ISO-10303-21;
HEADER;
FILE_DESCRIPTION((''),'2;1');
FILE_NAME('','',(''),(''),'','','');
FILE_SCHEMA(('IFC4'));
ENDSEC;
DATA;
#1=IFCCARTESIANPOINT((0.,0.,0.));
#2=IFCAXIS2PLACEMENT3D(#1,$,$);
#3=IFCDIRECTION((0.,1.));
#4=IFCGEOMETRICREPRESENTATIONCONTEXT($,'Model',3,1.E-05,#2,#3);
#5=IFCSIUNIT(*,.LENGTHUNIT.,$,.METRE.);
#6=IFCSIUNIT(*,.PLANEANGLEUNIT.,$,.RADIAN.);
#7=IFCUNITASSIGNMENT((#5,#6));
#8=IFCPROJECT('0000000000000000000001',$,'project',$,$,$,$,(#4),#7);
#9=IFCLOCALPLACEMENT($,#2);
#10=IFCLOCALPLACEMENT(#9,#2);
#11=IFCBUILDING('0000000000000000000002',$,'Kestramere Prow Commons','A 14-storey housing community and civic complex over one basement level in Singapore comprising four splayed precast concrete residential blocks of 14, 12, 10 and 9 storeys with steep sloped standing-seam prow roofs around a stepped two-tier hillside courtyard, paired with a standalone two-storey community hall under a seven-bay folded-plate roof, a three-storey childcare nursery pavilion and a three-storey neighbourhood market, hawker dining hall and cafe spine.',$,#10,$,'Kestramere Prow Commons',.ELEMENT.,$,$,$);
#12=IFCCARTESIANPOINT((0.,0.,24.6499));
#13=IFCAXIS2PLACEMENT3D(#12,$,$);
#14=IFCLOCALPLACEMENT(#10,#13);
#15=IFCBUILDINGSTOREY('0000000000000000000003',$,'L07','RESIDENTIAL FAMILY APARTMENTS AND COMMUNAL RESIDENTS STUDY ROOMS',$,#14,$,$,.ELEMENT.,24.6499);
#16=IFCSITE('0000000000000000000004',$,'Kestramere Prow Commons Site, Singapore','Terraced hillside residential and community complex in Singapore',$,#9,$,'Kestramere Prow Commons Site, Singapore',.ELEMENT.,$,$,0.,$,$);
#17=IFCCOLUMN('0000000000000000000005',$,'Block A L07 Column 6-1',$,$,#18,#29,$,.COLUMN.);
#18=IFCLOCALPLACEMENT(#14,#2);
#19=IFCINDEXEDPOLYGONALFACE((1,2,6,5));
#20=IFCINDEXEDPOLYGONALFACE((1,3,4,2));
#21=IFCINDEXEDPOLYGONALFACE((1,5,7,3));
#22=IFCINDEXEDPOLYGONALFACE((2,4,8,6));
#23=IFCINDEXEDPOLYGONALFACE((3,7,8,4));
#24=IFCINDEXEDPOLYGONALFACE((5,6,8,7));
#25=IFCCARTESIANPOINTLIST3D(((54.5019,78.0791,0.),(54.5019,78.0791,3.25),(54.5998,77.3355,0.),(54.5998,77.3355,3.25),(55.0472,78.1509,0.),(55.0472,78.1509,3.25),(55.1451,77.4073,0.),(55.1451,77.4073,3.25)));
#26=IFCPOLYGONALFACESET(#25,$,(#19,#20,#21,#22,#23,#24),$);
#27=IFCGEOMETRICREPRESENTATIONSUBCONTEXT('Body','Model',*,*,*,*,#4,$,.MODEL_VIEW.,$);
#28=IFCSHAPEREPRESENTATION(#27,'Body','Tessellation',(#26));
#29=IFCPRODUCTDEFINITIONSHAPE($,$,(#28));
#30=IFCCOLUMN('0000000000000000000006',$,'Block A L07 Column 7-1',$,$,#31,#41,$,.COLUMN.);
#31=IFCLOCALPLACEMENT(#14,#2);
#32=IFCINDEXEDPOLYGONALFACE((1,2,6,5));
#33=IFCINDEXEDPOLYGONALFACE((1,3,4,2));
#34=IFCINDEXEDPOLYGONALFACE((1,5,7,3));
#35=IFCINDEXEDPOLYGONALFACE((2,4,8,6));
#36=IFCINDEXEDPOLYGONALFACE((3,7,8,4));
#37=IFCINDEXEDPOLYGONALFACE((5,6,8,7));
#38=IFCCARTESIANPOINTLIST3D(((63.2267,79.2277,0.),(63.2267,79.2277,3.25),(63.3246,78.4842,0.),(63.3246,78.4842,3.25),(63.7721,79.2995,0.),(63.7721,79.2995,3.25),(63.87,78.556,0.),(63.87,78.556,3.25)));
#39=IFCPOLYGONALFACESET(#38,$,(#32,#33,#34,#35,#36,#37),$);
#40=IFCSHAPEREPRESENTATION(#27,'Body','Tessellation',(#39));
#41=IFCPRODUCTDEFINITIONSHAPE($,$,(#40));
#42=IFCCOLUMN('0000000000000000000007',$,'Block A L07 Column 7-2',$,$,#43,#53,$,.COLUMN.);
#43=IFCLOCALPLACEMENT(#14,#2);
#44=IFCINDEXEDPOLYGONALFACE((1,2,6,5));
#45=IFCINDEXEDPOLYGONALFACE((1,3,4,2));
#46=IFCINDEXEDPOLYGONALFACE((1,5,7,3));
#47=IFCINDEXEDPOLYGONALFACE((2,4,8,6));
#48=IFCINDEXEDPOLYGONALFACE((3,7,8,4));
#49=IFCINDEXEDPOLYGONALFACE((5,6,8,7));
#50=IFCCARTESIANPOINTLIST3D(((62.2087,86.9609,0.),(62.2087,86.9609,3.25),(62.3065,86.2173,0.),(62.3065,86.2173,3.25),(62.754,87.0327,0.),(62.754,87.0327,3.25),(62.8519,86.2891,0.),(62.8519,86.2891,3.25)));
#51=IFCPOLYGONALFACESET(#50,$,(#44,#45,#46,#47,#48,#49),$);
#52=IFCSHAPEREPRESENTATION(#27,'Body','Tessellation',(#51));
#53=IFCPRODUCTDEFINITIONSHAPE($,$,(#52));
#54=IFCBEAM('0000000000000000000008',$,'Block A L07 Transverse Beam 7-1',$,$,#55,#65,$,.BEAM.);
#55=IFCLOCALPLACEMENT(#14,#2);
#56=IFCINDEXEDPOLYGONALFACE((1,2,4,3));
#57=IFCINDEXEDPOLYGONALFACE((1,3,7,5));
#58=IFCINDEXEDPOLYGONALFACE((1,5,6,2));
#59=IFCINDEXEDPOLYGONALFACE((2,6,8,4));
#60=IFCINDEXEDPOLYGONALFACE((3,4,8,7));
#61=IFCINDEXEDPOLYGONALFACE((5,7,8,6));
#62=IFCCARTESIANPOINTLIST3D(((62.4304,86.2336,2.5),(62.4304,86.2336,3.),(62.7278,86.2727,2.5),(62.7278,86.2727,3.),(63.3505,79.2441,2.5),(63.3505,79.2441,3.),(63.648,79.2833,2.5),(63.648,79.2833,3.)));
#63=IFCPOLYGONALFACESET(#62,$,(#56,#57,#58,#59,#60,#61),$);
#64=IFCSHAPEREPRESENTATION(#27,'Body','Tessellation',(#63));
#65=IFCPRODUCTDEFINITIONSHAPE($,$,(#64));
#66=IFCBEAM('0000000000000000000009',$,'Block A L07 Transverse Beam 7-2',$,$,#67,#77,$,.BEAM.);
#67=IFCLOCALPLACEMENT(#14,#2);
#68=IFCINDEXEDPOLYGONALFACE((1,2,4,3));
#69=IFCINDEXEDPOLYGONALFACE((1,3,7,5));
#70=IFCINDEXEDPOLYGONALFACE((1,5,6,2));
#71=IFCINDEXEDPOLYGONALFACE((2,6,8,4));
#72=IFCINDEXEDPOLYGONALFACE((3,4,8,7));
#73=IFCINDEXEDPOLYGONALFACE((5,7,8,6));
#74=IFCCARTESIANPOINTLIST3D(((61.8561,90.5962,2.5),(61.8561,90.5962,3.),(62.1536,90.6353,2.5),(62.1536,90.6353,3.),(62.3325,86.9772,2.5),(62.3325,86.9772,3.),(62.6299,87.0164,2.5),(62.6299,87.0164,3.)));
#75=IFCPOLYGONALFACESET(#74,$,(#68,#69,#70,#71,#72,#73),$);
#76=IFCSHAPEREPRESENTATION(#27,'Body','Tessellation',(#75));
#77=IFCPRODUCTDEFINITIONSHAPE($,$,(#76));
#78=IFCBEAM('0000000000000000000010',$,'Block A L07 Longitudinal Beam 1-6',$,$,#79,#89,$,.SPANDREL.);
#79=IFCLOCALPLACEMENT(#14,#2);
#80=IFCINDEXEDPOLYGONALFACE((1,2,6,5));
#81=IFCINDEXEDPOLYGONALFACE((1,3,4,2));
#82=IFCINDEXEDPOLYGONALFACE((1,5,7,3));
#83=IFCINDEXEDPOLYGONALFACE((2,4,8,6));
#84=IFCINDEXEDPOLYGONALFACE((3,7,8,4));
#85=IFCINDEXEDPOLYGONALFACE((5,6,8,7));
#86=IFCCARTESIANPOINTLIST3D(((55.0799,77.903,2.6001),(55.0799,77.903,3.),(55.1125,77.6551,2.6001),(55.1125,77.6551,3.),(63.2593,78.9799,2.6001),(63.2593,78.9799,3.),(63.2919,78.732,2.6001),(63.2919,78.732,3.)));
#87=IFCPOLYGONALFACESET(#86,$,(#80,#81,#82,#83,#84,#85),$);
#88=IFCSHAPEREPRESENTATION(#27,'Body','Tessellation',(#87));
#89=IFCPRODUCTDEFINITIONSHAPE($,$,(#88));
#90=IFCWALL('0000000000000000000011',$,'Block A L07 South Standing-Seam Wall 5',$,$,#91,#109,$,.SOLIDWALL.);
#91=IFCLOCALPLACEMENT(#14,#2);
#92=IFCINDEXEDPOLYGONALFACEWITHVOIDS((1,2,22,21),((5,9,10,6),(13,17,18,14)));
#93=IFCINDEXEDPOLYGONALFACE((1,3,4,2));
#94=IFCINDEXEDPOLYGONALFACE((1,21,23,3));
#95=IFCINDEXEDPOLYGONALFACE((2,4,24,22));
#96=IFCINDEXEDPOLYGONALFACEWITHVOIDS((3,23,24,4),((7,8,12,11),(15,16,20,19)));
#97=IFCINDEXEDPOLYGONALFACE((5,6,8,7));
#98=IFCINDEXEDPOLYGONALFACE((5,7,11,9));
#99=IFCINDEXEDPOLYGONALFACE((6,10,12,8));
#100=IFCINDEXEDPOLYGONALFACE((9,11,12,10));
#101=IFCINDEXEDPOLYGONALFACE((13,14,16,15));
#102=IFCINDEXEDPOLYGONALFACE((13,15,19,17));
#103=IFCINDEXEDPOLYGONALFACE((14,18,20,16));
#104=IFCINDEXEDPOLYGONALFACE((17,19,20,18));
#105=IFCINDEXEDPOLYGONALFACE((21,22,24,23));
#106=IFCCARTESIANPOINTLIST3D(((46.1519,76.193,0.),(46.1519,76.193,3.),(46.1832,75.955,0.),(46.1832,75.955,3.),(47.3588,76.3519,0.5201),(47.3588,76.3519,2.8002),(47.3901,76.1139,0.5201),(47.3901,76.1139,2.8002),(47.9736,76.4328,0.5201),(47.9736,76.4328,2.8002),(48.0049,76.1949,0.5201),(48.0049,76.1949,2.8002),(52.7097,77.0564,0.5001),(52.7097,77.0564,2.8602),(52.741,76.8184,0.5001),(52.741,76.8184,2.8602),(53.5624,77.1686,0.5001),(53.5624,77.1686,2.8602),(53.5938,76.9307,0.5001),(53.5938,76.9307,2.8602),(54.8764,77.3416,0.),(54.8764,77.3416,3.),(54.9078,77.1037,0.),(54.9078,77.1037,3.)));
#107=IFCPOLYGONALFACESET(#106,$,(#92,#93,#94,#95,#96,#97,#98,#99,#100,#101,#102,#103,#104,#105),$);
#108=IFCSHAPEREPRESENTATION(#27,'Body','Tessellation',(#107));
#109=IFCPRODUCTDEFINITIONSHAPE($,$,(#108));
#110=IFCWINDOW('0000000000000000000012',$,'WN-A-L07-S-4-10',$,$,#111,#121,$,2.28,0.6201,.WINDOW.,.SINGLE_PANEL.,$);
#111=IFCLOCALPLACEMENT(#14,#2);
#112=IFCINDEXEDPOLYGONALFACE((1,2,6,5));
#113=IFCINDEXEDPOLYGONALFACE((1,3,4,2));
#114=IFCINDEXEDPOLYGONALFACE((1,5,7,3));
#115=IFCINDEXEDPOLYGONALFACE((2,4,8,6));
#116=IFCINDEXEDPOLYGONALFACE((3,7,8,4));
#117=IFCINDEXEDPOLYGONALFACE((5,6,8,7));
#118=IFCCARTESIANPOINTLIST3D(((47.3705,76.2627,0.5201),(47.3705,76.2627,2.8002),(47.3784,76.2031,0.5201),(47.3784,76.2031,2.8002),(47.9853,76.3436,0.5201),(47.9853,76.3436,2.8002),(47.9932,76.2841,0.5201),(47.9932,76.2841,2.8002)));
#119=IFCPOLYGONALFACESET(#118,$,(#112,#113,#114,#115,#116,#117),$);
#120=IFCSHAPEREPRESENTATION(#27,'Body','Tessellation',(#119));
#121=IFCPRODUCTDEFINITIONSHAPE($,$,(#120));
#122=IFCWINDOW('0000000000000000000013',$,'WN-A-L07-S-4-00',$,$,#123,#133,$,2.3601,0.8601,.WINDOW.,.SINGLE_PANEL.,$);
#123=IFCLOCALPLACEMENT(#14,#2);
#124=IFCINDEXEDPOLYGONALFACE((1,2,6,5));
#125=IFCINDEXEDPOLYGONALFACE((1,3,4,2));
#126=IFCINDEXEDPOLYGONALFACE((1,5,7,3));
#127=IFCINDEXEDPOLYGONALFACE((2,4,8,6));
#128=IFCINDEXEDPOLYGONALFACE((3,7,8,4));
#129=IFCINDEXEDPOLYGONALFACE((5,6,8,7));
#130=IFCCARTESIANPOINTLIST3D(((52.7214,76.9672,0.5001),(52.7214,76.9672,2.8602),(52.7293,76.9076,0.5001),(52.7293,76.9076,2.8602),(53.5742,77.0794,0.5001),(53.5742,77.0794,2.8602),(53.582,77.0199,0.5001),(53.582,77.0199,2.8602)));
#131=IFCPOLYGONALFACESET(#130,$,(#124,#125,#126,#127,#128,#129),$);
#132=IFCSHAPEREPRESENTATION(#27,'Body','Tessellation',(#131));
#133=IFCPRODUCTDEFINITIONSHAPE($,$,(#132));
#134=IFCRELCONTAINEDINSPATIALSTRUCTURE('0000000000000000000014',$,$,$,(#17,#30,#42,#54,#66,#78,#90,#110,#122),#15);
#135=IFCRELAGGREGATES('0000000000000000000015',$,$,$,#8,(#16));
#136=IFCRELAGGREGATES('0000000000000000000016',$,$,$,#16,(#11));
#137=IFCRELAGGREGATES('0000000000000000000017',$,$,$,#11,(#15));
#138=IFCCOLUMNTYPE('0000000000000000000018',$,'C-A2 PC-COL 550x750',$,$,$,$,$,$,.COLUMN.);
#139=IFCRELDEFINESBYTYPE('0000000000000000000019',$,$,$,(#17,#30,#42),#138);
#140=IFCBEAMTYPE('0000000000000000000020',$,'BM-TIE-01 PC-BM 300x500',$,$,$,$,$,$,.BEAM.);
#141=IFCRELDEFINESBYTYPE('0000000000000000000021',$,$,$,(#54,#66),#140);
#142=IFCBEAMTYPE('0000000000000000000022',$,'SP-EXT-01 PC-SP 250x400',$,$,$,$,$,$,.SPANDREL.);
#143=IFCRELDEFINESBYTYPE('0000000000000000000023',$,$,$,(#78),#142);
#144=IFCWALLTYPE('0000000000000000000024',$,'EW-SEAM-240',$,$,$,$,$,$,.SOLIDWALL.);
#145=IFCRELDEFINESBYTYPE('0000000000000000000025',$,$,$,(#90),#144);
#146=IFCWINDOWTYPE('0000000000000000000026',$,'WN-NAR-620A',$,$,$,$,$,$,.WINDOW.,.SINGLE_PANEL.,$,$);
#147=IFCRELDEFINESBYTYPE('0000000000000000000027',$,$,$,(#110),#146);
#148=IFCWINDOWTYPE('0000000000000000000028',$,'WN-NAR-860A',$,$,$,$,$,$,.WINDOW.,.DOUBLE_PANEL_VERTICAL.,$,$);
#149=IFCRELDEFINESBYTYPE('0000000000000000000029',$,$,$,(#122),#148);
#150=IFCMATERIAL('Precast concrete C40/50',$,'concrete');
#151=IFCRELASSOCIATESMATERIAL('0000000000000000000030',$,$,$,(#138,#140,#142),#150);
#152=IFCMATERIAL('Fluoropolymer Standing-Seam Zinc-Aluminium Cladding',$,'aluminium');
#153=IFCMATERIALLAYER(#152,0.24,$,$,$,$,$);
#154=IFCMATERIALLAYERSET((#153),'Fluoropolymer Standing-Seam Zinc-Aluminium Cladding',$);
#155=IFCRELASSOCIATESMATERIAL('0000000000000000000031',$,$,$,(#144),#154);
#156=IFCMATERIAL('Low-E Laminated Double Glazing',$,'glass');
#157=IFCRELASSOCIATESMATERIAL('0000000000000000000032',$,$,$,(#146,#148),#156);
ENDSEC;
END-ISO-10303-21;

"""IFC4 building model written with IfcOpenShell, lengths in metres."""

from ifc_helpers import new_model, si_unit, direction, frame, frame_2d, origin, origin_2d, place, context, subcontext, project, spatial, rectangle, extrude, material, layer, layer_set, material_profile, profile_set, type_object, element, fill, save


model = new_model("IFC4")

# Units and contexts
model_context = context("Model", 3, precision=1e-05, world=origin(), true_north=direction((0.0, 1.0)))
body_context = subcontext(model_context, "Body", "Model", "MODEL_VIEW")
ifc_project = project(units=[si_unit("LENGTHUNIT", "METRE"), si_unit("PLANEANGLEUNIT", "RADIAN")], contexts=[model_context])

# Site, building, storey
site_placement = place(None, origin())
site = spatial("IfcSite", under=ifc_project, at=site_placement, Name="Kestramere Prow Commons Site, Singapore", Description="Terraced hillside residential and community complex in Singapore", LongName="Kestramere Prow Commons Site, Singapore", CompositionType="ELEMENT", RefElevation=0.0)
building_placement = place(site_placement, origin())
building = spatial("IfcBuilding", under=site, at=building_placement, Name="Kestramere Prow Commons", Description="A 14-storey housing community and civic complex over one basement level in Singapore comprising four splayed precast concrete residential blocks of 14, 12, 10 and 9 storeys with steep sloped standing-seam prow roofs around a stepped two-tier hillside courtyard, paired with a standalone two-storey community hall under a seven-bay folded-plate roof, a three-storey childcare nursery pavilion and a three-storey neighbourhood market, hawker dining hall and cafe spine.", LongName="Kestramere Prow Commons", CompositionType="ELEMENT")
storey_placement = place(building_placement, frame((0.0, 0.0, 24.6499)))
storey = spatial("IfcBuildingStorey", under=building, at=storey_placement, Name="L07", Description="RESIDENTIAL FAMILY APARTMENTS AND COMMUNAL RESIDENTS STUDY ROOMS", CompositionType="ELEMENT", Elevation=24.6499)

# Columns
ifc_material_1 = material(Name="Precast concrete C40/50", Category="concrete")
ifc_material_profile_1 = material_profile(ifc_material_1, rectangle(XDim=0.55, YDim=0.75, at=origin_2d()), Name="PC-COL 550x750")
ifc_profile_set_1 = profile_set([ifc_material_profile_1], Name="Precast concrete C40/50")
column_type = type_object("IfcColumnType", Name="C-A2 PC-COL 550x750", PredefinedType="COLUMN", material=ifc_profile_set_1)
for number, where, z_axis, x_axis, name in (
    (1, (54.8235, 77.7432, 0.0), (0.0, 0.0, 1.0), (0.991445, 0.130526, 0.0), "Block A L07 Column 6-1"),
    (2, (63.5483, 78.8918, 0.0), (0.0, 0.0, 1.0), (0.991445, 0.130526, 0.0), "Block A L07 Column 7-1"),
    (3, (62.5303, 86.625, 0.0), (0.0, 0.0, 1.0), (0.991445, 0.130526, 0.0), "Block A L07 Column 7-2"),
):
    element("IfcColumn", number, at=place(storey_placement, frame(where, z_axis=z_axis, x_axis=x_axis)), inside=storey, type_object=column_type, Name=name, PredefinedType="COLUMN", context=body_context, shape_type="SweptSolid", body=[
        extrude(rectangle(XDim=0.55, YDim=0.75, at=origin_2d()), origin(), (0.0, 0.0, 1.0), 3.25),
    ])

# Beams
ifc_material_profile_2 = material_profile(ifc_material_1, rectangle(XDim=0.3, YDim=0.5, at=origin_2d()), Name="PC-BM 300x500")
ifc_profile_set_2 = profile_set([ifc_material_profile_2], Name="Precast concrete C40/50")
beam_type_1 = type_object("IfcBeamType", Name="BM-TIE-01 PC-BM 300x500", PredefinedType="BEAM", material=ifc_profile_set_2)
beam_1_placement = place(storey_placement, frame((63.4993, 79.2637, 2.75), z_axis=(-0.130523, 0.991445, 0.0), x_axis=(-0.991445, -0.130523, 0.0)))
element("IfcBeam", 4, at=beam_1_placement, inside=storey, type_object=beam_type_1, Name="Block A L07 Transverse Beam 7-1", PredefinedType="BEAM", context=body_context, shape_type="SweptSolid", body=[
    extrude(rectangle(XDim=0.3, YDim=0.5, at=origin_2d()), origin(), (0.0, 0.0, 1.0), 7.0498),
])
beam_2_placement = place(storey_placement, frame((62.4812, 86.9968, 2.75), z_axis=(-0.130494, 0.991449, 0.0), x_axis=(-0.991449, -0.130494, 0.0)))
element("IfcBeam", 5, at=beam_2_placement, inside=storey, type_object=beam_type_1, Name="Block A L07 Transverse Beam 7-2", PredefinedType="BEAM", context=body_context, shape_type="SweptSolid", body=[
    extrude(rectangle(XDim=0.3, YDim=0.5, at=origin_2d()), origin(), (0.0, 0.0, 1.0), 3.6501),
])
ifc_material_profile_3 = material_profile(ifc_material_1, rectangle(XDim=0.25, YDim=0.3999, at=origin_2d()), Name="PC-SP 250x400")
ifc_profile_set_3 = profile_set([ifc_material_profile_3], Name="Precast concrete C40/50")
beam_type_2 = type_object("IfcBeamType", Name="SP-EXT-01 PC-SP 250x400", PredefinedType="SPANDREL", material=ifc_profile_set_3)
beam_3_placement = place(storey_placement, frame((55.0962, 77.7791, 2.8), z_axis=(0.991444, 0.130533, 0.0), x_axis=(-0.130533, 0.991444, 0.0)))
element("IfcBeam", 6, at=beam_3_placement, inside=storey, type_object=beam_type_2, Name="Block A L07 Longitudinal Beam 1-6", PredefinedType="SPANDREL", context=body_context, shape_type="SweptSolid", body=[
    extrude(rectangle(XDim=0.25, YDim=0.3999, at=origin_2d()), origin(), (0.0, 0.0, 1.0), 8.25),
])

# Wall, openings, windows
ifc_material_2 = material(Name="Fluoropolymer Standing-Seam Zinc-Aluminium Cladding", Category="aluminium")
ifc_layer_1 = layer(ifc_material_2, 0.24)
ifc_layer_set_1 = layer_set([ifc_layer_1], Name="Fluoropolymer Standing-Seam Zinc-Aluminium Cladding")
wall_type_1 = type_object("IfcWallType", Name="EW-SEAM-240", PredefinedType="SOLIDWALL", material=ifc_layer_set_1)
wall_1_placement = place(storey_placement, frame((54.8921, 77.2227, 0.0), z_axis=(0.0, 0.0, 1.0), x_axis=(-0.991444, -0.130533, 0.0)))
wall_1 = element("IfcWall", 7, at=wall_1_placement, inside=storey, type_object=wall_type_1, Name="Block A L07 South Standing-Seam Wall 5", PredefinedType="SOLIDWALL", context=body_context, shape_type="SweptSolid", body=[
    extrude(rectangle(XDim=8.7998, YDim=0.24, at=frame_2d((4.3999, 0.0))), origin(), (0.0, 0.0, 1.0), 3.0),
])
opening_1_placement = place(wall_1_placement, frame((1.3252, 0.0, 0.5)))
opening_1 = element("IfcOpeningElement", 8, at=opening_1_placement, cuts=wall_1, PredefinedType="OPENING", context=body_context, shape_type="SweptSolid", body=[
    extrude(rectangle(XDim=0.8601, YDim=2.3601, at=frame_2d((0.4302, 1.1802))), frame((0.0, 0.135, 0.0), z_axis=(0.0, -1.0, 0.0), x_axis=(1.0, 0.0, 0.0)), (0.0, 0.0, 1.0), 0.27),
])
opening_2_placement = place(wall_1_placement, frame((6.9624, 0.0, 0.52)))
opening_2 = element("IfcOpeningElement", 9, at=opening_2_placement, cuts=wall_1, PredefinedType="OPENING", context=body_context, shape_type="SweptSolid", body=[
    extrude(rectangle(XDim=0.6201, YDim=2.28, at=frame_2d((0.3101, 1.1401))), frame((0.0, 0.135, 0.0), z_axis=(0.0, -1.0, 0.0), x_axis=(1.0, 0.0, 0.0)), (0.0, 0.0, 1.0), 0.27),
])
ifc_material_3 = material(Name="Low-E Laminated Double Glazing", Category="glass")
window_type_1 = type_object("IfcWindowType", Name="WN-NAR-620A", PartitioningType="SINGLE_PANEL", PredefinedType="WINDOW", material=ifc_material_3)
window_1_placement = place(opening_2_placement, origin())
window_1 = element("IfcWindow", 10, at=window_1_placement, inside=storey, type_object=window_type_1, Name="WN-A-L07-S-4-10", OverallHeight=2.28, OverallWidth=0.6201, PartitioningType="SINGLE_PANEL", PredefinedType="WINDOW", context=body_context, shape_type="SweptSolid", body=[
    extrude(rectangle(XDim=0.6201, YDim=2.28, at=frame_2d((0.3101, 1.1401))), frame((0.0, 0.03, 0.0), z_axis=(0.0, -1.0, 0.0), x_axis=(1.0, 0.0, 0.0)), (0.0, 0.0, 1.0), 0.0601),
])
fill(opening_2, window_1)
window_type_2 = type_object("IfcWindowType", Name="WN-NAR-860A", PartitioningType="DOUBLE_PANEL_VERTICAL", PredefinedType="WINDOW", material=ifc_material_3)
window_2_placement = place(opening_1_placement, origin())
window_2 = element("IfcWindow", 11, at=window_2_placement, inside=storey, type_object=window_type_2, Name="WN-A-L07-S-4-00", OverallHeight=2.3601, OverallWidth=0.8601, PartitioningType="SINGLE_PANEL", PredefinedType="WINDOW", context=body_context, shape_type="SweptSolid", body=[
    extrude(rectangle(XDim=0.8601, YDim=2.3601, at=frame_2d((0.4302, 1.1802))), frame((0.0, 0.03, 0.0), z_axis=(0.0, -1.0, 0.0), x_axis=(1.0, 0.0, 0.0)), (0.0, 0.0, 1.0), 0.0601),
])
fill(opening_1, window_2)

save(model, "model.ifc")
